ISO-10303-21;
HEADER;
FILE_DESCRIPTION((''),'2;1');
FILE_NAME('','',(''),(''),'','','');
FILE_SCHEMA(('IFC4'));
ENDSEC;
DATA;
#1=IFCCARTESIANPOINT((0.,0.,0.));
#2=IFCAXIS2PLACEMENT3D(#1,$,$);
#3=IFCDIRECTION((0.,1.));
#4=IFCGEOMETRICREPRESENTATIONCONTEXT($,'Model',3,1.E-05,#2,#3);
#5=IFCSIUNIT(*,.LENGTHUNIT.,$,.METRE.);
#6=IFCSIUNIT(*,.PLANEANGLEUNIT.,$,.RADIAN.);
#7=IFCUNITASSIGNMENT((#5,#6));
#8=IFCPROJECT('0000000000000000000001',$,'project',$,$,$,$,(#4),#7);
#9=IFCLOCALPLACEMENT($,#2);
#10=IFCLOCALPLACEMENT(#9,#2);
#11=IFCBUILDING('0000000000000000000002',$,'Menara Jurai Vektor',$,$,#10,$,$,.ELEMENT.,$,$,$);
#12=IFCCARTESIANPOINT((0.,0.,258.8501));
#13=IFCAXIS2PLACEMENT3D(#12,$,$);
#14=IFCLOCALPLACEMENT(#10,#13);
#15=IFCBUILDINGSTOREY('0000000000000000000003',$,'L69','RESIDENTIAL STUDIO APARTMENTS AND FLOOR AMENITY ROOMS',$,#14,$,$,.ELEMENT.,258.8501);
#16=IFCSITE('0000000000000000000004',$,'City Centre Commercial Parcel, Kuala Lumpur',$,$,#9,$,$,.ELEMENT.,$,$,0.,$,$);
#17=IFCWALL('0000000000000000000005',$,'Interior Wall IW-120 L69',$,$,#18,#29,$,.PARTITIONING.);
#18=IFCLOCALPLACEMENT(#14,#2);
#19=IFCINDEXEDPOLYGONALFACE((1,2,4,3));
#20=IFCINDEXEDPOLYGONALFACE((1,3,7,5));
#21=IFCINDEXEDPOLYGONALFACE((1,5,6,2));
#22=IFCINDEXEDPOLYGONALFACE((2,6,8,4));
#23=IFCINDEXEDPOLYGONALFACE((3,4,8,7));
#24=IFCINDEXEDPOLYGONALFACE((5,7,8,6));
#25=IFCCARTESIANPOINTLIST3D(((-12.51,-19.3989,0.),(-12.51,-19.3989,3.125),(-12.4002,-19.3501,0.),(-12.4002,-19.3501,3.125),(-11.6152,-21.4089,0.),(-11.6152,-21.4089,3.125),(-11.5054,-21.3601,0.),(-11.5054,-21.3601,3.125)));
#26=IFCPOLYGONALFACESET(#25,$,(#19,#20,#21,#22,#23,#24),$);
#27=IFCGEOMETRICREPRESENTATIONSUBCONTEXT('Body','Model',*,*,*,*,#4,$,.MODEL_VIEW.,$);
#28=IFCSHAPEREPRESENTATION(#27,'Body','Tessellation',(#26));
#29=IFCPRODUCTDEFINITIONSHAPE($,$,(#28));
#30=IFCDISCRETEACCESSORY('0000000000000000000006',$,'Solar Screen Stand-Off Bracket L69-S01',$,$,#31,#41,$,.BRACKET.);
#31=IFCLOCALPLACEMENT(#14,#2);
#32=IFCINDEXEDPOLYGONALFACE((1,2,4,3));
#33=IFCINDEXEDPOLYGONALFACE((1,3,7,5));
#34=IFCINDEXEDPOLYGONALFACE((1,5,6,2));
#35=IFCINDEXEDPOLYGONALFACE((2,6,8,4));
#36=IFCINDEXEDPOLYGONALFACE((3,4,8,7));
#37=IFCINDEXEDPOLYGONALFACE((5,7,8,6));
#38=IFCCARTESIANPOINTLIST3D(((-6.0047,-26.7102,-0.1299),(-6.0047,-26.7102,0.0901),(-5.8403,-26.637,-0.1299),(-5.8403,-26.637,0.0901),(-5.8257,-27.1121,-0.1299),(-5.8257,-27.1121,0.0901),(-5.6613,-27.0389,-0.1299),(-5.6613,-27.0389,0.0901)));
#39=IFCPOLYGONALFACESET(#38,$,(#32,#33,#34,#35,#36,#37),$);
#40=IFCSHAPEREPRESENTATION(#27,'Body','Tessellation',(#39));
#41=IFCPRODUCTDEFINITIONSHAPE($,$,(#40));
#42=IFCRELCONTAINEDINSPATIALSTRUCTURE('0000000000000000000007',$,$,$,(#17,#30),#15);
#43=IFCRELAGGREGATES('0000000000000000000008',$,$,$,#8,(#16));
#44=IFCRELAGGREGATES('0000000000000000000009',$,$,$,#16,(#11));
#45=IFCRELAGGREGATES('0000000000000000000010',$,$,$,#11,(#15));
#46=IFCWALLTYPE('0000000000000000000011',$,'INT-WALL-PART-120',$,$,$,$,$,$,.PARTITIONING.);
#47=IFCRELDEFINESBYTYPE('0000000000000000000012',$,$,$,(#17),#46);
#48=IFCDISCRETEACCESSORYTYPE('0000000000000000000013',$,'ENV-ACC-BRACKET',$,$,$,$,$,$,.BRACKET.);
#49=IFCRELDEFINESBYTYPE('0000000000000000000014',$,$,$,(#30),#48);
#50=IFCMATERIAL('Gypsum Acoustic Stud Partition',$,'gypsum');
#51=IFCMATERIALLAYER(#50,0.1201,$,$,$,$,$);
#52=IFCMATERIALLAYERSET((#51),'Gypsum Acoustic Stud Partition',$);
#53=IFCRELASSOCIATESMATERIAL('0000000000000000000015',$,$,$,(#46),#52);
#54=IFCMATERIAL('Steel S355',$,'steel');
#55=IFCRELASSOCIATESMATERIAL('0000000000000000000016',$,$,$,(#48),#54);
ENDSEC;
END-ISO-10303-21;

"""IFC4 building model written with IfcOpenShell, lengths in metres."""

from ifc_helpers import new_model, si_unit, direction, frame, frame_2d, origin, origin_2d, place, context, subcontext, project, spatial, rectangle, extrude, material, layer, layer_set, type_object, element, save


model = new_model("IFC4")

# Units and contexts
model_context = context("Model", 3, precision=1e-05, world=origin(), true_north=direction((0.0, 1.0)))
body_context = subcontext(model_context, "Body", "Model", "MODEL_VIEW")
ifc_project = project(units=[si_unit("LENGTHUNIT", "METRE"), si_unit("PLANEANGLEUNIT", "RADIAN")], contexts=[model_context])

# Site, building, storey
site_placement = place(None, origin())
site = spatial("IfcSite", under=ifc_project, at=site_placement, Name="City Centre Commercial Parcel, Kuala Lumpur", CompositionType="ELEMENT", RefElevation=0.0)
building_placement = place(site_placement, origin())
building = spatial("IfcBuilding", under=site, at=building_placement, Name="Menara Jurai Vektor", CompositionType="ELEMENT")
storey_placement = place(building_placement, frame((0.0, 0.0, 258.8501)))
storey = spatial("IfcBuildingStorey", under=building, at=storey_placement, Name="L69", Description="RESIDENTIAL STUDIO APARTMENTS AND FLOOR AMENITY ROOMS", CompositionType="ELEMENT", Elevation=258.8501)

# Shared definitions
ifc_material_1 = material(Name="Steel S355", Category="steel")

# Wall
ifc_material_2 = material(Name="Gypsum Acoustic Stud Partition", Category="gypsum")
ifc_layer_1 = layer(ifc_material_2, 0.1201)
ifc_layer_set_1 = layer_set([ifc_layer_1], Name="Gypsum Acoustic Stud Partition")
wall_type_1 = type_object("IfcWallType", Name="INT-WALL-PART-120", PredefinedType="PARTITIONING", material=ifc_layer_set_1)
wall_1_placement = place(storey_placement, frame((-11.5603, -21.3845, 0.0), z_axis=(0.0, 0.0, 1.0), x_axis=(-0.406684, 0.913569, 0.0)))
element("IfcWall", 1, at=wall_1_placement, inside=storey, type_object=wall_type_1, Name="Interior Wall IW-120 L69", PredefinedType="PARTITIONING", context=body_context, shape_type="SweptSolid", body=[
    extrude(rectangle(XDim=2.2002, YDim=0.1201, at=frame_2d((1.1001, 0.0))), origin(), (0.0, 0.0, 1.0), 3.125),
])

# Discrete accessory
discrete_accessory_type = type_object("IfcDiscreteAccessoryType", Name="ENV-ACC-BRACKET", PredefinedType="BRACKET", material=ifc_material_1)
discrete_accessory_placement = place(storey_placement, frame((-5.833, -26.8745, -0.1299), z_axis=(0.0, 0.0, 1.0), x_axis=(0.913545, 0.406737, 0.0)))
element("IfcDiscreteAccessory", 2, at=discrete_accessory_placement, inside=storey, type_object=discrete_accessory_type, Name="Solar Screen Stand-Off Bracket L69-S01", PredefinedType="BRACKET", context=body_context, shape_type="SweptSolid", body=[
    extrude(rectangle(XDim=0.1799, YDim=0.4399, at=origin_2d()), origin(), (0.0, 0.0, 1.0), 0.22),
])

save(model, "model.ifc")
